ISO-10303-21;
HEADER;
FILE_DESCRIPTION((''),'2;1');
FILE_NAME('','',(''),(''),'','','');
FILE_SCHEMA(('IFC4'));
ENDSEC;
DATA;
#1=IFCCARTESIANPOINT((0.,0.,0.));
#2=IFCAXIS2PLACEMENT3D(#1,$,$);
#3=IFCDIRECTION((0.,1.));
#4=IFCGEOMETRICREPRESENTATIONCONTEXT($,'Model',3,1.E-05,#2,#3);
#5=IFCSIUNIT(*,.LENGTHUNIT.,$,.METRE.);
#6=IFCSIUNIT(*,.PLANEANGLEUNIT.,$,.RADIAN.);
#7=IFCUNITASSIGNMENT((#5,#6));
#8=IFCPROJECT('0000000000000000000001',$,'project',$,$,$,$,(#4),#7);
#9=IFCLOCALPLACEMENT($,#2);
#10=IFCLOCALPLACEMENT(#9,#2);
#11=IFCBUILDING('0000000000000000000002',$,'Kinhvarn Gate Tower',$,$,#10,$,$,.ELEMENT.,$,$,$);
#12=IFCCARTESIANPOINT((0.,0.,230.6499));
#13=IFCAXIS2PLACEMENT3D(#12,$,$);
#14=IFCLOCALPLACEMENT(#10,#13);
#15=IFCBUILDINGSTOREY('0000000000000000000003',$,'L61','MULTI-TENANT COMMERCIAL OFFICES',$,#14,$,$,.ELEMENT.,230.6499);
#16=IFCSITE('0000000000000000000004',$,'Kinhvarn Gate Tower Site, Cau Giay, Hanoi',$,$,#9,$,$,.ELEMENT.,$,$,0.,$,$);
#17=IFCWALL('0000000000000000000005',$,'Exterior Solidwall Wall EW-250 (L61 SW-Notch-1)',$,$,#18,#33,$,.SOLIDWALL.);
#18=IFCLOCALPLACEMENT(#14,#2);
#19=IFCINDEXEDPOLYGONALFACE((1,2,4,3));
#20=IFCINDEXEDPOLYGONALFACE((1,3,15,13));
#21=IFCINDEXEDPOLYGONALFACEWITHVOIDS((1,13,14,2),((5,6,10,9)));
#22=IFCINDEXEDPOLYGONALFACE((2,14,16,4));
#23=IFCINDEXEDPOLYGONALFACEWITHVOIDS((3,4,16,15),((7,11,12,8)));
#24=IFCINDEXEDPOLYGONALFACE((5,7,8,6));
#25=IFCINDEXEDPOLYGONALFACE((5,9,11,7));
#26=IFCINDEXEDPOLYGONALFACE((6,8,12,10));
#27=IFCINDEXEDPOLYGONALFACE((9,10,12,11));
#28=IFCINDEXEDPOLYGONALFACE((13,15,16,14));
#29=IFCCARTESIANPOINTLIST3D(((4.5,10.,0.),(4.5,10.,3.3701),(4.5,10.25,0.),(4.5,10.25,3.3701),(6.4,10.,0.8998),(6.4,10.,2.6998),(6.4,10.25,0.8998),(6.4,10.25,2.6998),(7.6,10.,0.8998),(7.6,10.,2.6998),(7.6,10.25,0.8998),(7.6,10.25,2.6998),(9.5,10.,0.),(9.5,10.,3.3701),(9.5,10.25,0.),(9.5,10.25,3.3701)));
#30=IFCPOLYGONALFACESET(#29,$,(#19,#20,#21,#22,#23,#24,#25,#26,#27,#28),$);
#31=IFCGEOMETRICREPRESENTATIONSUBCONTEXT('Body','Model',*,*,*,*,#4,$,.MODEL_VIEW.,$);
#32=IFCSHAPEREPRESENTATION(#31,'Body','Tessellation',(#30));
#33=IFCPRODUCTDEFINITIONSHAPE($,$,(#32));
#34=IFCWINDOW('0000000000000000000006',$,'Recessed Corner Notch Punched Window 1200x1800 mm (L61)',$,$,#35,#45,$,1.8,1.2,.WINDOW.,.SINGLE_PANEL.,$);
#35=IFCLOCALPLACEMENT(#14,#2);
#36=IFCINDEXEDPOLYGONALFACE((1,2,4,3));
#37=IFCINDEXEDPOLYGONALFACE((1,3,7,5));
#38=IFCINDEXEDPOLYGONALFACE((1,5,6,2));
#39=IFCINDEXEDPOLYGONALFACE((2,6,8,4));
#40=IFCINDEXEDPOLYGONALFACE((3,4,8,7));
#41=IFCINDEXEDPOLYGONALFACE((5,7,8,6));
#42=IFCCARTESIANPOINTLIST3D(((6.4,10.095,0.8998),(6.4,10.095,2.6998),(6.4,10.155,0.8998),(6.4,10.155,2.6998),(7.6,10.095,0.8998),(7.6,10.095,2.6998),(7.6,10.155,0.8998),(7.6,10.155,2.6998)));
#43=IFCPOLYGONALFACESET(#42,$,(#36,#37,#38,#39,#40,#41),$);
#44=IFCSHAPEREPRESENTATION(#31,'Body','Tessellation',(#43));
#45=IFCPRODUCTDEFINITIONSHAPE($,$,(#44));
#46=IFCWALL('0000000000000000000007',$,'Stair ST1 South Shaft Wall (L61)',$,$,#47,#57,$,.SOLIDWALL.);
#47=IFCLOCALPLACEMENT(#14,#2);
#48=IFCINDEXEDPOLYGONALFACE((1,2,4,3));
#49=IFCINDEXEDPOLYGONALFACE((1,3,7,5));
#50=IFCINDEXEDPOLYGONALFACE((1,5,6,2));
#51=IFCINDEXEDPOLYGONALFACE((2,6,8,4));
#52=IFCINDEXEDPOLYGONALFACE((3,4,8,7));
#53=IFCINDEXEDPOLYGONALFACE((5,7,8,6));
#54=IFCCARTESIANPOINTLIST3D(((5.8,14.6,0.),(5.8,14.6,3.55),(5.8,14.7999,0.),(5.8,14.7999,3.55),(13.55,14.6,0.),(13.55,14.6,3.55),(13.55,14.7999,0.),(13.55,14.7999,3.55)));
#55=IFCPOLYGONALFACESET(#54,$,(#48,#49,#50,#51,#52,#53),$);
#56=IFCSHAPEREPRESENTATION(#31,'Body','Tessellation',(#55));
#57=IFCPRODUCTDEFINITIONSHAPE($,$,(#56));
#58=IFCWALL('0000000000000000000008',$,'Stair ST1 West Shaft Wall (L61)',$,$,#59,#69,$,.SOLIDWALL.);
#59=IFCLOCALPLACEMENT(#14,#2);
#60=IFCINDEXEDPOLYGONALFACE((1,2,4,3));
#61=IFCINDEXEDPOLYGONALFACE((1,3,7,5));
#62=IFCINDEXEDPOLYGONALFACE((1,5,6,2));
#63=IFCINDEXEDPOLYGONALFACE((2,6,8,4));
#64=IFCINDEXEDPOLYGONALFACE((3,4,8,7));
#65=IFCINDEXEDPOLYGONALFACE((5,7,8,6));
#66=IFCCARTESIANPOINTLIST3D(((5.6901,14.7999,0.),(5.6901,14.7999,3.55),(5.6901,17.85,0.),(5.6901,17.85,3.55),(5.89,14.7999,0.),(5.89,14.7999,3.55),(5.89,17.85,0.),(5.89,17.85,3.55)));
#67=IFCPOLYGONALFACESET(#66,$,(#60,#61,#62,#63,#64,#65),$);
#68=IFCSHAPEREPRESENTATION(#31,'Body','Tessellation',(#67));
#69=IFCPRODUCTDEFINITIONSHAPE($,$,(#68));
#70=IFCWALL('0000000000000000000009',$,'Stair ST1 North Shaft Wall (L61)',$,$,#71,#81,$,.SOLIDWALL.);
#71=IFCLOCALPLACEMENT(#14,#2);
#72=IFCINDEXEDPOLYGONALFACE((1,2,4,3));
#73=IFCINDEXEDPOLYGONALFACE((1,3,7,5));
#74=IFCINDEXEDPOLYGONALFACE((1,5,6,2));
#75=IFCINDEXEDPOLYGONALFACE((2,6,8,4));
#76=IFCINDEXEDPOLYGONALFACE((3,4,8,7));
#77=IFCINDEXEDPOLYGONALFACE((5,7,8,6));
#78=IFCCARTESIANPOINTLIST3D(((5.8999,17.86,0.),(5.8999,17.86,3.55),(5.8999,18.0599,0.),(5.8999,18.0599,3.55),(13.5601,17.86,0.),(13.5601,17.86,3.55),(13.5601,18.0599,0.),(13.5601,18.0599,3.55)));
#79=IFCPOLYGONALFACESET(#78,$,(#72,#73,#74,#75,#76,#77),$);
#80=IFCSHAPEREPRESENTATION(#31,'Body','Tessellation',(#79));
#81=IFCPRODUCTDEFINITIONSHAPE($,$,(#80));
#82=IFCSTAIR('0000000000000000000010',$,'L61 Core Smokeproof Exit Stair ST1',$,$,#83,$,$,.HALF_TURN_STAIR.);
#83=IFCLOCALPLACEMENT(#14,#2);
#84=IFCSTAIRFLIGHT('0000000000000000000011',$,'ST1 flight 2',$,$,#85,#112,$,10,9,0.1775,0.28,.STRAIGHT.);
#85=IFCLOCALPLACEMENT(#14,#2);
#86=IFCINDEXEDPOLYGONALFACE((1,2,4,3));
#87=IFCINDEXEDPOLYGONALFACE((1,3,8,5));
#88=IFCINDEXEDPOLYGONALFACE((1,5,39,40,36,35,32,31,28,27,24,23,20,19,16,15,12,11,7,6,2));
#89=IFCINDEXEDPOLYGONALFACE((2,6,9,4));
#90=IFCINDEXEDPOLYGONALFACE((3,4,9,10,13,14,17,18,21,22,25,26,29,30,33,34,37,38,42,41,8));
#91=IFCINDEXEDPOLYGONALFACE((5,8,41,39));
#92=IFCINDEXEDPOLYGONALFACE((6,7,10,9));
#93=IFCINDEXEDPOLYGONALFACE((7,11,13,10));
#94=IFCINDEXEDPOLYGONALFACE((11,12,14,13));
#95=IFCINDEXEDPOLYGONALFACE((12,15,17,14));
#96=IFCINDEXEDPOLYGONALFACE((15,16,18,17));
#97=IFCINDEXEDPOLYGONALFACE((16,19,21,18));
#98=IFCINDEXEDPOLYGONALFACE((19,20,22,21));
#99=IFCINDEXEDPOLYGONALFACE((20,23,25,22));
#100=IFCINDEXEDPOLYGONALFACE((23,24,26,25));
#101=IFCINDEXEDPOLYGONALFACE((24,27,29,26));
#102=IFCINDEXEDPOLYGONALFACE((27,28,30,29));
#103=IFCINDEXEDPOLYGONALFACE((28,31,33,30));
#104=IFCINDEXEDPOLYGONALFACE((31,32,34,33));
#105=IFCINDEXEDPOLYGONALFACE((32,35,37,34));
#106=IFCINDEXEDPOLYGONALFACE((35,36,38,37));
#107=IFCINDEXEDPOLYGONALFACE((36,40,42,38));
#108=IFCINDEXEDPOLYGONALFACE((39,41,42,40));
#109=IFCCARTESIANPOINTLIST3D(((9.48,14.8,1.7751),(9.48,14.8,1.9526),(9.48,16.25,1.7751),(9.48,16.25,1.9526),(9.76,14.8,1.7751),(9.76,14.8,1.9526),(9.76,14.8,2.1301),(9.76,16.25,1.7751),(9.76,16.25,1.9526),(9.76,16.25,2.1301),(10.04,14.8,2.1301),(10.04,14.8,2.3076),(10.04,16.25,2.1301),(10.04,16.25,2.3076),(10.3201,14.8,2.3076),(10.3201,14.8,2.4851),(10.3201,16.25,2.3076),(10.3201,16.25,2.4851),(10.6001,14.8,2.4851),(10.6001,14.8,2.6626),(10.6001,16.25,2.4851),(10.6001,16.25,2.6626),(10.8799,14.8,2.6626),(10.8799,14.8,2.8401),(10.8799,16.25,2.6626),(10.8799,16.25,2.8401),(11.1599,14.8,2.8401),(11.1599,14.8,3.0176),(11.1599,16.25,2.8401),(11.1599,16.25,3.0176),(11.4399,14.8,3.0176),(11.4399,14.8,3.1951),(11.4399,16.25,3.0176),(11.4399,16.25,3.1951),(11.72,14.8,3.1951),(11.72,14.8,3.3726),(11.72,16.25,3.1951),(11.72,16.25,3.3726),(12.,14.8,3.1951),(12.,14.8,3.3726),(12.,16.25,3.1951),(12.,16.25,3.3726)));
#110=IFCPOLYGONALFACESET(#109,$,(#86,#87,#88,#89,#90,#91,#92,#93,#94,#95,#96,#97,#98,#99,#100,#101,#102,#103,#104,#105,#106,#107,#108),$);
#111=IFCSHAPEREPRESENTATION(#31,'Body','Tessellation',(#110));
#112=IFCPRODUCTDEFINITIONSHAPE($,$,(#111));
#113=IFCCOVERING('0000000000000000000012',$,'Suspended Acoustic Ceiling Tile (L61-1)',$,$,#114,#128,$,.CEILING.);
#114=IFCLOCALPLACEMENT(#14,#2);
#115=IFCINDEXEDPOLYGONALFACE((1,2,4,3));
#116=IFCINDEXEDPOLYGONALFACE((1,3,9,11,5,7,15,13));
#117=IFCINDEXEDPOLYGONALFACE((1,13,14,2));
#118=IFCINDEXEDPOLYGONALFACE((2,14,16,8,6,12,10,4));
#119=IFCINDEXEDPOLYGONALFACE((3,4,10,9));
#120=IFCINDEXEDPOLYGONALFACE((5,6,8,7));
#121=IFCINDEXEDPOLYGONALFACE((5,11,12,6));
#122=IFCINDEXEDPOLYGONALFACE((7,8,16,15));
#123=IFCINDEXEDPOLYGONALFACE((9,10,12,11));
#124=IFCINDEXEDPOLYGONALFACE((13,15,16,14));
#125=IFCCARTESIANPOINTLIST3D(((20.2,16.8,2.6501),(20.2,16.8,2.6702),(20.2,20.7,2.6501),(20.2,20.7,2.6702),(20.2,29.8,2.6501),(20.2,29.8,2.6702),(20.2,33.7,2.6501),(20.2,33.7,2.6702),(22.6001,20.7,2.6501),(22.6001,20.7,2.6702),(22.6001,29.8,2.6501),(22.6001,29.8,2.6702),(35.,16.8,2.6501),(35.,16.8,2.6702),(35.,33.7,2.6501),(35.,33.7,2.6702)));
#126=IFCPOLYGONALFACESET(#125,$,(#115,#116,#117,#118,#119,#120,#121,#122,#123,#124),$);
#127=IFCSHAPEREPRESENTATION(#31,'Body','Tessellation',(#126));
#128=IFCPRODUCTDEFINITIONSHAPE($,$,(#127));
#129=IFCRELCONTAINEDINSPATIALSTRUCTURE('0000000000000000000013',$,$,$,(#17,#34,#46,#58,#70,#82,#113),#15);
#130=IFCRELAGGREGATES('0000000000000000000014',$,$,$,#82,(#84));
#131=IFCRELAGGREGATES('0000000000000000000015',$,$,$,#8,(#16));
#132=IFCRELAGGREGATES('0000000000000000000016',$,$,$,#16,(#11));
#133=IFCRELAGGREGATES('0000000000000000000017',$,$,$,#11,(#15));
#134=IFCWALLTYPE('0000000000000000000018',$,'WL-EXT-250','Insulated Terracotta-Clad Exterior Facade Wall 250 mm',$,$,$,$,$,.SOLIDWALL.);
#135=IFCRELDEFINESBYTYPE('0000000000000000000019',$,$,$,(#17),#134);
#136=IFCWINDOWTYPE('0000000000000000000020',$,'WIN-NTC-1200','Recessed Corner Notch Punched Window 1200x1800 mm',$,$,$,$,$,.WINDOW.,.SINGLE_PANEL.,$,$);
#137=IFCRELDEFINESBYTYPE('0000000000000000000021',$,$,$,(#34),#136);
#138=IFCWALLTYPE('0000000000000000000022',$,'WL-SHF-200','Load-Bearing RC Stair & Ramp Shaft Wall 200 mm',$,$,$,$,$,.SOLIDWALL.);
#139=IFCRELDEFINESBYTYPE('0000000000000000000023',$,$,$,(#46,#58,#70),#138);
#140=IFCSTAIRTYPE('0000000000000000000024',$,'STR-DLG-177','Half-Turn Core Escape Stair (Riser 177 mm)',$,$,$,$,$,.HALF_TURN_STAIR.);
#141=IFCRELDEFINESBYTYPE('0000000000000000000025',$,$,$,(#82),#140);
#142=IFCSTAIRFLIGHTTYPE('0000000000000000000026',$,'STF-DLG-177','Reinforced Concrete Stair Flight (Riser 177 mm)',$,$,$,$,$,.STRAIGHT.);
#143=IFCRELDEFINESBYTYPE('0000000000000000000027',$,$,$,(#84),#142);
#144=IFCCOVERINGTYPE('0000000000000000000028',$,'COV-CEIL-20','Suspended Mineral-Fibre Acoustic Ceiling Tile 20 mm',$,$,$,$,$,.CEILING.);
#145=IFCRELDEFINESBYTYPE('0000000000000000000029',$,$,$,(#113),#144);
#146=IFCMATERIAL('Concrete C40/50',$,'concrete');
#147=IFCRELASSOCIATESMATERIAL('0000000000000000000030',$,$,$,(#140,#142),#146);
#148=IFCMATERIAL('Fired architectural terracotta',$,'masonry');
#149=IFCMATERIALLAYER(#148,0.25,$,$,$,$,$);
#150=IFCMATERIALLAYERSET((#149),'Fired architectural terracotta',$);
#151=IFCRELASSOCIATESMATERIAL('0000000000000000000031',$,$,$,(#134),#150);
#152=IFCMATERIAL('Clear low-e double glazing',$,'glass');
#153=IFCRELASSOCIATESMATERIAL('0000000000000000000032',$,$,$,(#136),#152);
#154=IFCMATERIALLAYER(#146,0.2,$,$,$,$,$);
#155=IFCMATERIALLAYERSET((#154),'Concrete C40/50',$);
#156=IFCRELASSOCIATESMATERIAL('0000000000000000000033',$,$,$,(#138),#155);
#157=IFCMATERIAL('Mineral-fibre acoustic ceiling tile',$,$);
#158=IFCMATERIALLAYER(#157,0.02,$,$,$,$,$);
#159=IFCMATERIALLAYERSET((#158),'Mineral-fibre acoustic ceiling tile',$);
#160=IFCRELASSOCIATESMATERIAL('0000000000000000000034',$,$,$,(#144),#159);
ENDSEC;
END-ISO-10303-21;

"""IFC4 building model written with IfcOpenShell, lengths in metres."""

from ifc_helpers import new_model, si_unit, direction, frame, frame_2d, origin, place, context, subcontext, project, spatial, polyline, rectangle, outline, extrude, material, layer, layer_set, type_object, element, fill, aggregate, save


model = new_model("IFC4")

# Units and contexts
model_context = context("Model", 3, precision=1e-05, world=origin(), true_north=direction((0.0, 1.0)))
body_context = subcontext(model_context, "Body", "Model", "MODEL_VIEW")
ifc_project = project(units=[si_unit("LENGTHUNIT", "METRE"), si_unit("PLANEANGLEUNIT", "RADIAN")], contexts=[model_context])

# Site, building, storey
site_placement = place(None, origin())
site = spatial("IfcSite", under=ifc_project, at=site_placement, Name="Kinhvarn Gate Tower Site, Cau Giay, Hanoi", CompositionType="ELEMENT", RefElevation=0.0)
building_placement = place(site_placement, origin())
building = spatial("IfcBuilding", under=site, at=building_placement, Name="Kinhvarn Gate Tower", CompositionType="ELEMENT")
storey_placement = place(building_placement, frame((0.0, 0.0, 230.6499)))
storey = spatial("IfcBuildingStorey", under=building, at=storey_placement, Name="L61", Description="MULTI-TENANT COMMERCIAL OFFICES", CompositionType="ELEMENT", Elevation=230.6499)

# Shared definitions
ifc_material_1 = material(Name="Concrete C40/50", Category="concrete")
stair_type = type_object("IfcStairType", Name="STR-DLG-177", Description="Half-Turn Core Escape Stair (Riser 177 mm)", PredefinedType="HALF_TURN_STAIR", material=ifc_material_1)

# Wall, opening, window
ifc_material_2 = material(Name="Fired architectural terracotta", Category="masonry")
ifc_layer_1 = layer(ifc_material_2, 0.25)
ifc_layer_set_1 = layer_set([ifc_layer_1], Name="Fired architectural terracotta")
wall_type_1 = type_object("IfcWallType", Name="WL-EXT-250", Description="Insulated Terracotta-Clad Exterior Facade Wall 250 mm", PredefinedType="SOLIDWALL", material=ifc_layer_set_1)
ifc_material_3 = material(Name="Clear low-e double glazing", Category="glass")
wall_1_placement = place(storey_placement, frame((4.5, 10.125, 0.0), z_axis=(0.0, 0.0, 1.0), x_axis=(1.0, 0.0, 0.0)))
wall_1 = element("IfcWall", 1, at=wall_1_placement, inside=storey, type_object=wall_type_1, Name="Exterior Solidwall Wall EW-250 (L61 SW-Notch-1)", PredefinedType="SOLIDWALL", context=body_context, shape_type="SweptSolid", body=[
    extrude(rectangle(XDim=5.0, YDim=0.25, at=frame_2d((2.5, 0.0))), origin(), (0.0, 0.0, 1.0), 3.3701),
])
opening_1_placement = place(wall_1_placement, frame((1.8999, 0.0, 0.8999)))
opening_1 = element("IfcOpeningElement", 2, at=opening_1_placement, cuts=wall_1, PredefinedType="OPENING", context=body_context, shape_type="SweptSolid", body=[
    extrude(rectangle(XDim=1.2, YDim=1.8, at=frame_2d((0.6001, 0.8999))), frame((0.0, 0.135, 0.0), z_axis=(0.0, -1.0, 0.0), x_axis=(1.0, 0.0, 0.0)), (0.0, 0.0, 1.0), 0.27),
])
window_type_1 = type_object("IfcWindowType", Name="WIN-NTC-1200", Description="Recessed Corner Notch Punched Window 1200x1800 mm", PartitioningType="SINGLE_PANEL", PredefinedType="WINDOW", material=ifc_material_3)
window_1_placement = place(opening_1_placement, origin())
window_1 = element("IfcWindow", 3, at=window_1_placement, inside=storey, type_object=window_type_1, Name="Recessed Corner Notch Punched Window 1200x1800 mm (L61)", OverallHeight=1.8, OverallWidth=1.2, PartitioningType="SINGLE_PANEL", PredefinedType="WINDOW", context=body_context, shape_type="SweptSolid", body=[
    extrude(rectangle(XDim=1.2, YDim=1.8, at=frame_2d((0.6001, 0.8999))), frame((0.0, 0.03, 0.0), z_axis=(0.0, -1.0, 0.0), x_axis=(1.0, 0.0, 0.0)), (0.0, 0.0, 1.0), 0.0601),
])
fill(opening_1, window_1)

# Walls
ifc_layer_2 = layer(ifc_material_1, 0.2)
ifc_layer_set_2 = layer_set([ifc_layer_2], Name="Concrete C40/50")
wall_type_2 = type_object("IfcWallType", Name="WL-SHF-200", Description="Load-Bearing RC Stair & Ramp Shaft Wall 200 mm", PredefinedType="SOLIDWALL", material=ifc_layer_set_2)
wall_2_placement = place(storey_placement, frame((5.8, 14.7, 0.0), z_axis=(0.0, 0.0, 1.0), x_axis=(1.0, 0.0, 0.0)))
element("IfcWall", 4, at=wall_2_placement, inside=storey, type_object=wall_type_2, Name="Stair ST1 South Shaft Wall (L61)", PredefinedType="SOLIDWALL", context=body_context, shape_type="SweptSolid", body=[
    extrude(rectangle(XDim=7.75, YDim=0.2, at=frame_2d((3.875, 0.0))), origin(), (0.0, 0.0, 1.0), 3.55),
])
wall_3_placement = place(storey_placement, frame((5.79, 14.8, 0.0), z_axis=(0.0, 0.0, 1.0), x_axis=(0.0, 1.0, 0.0)))
element("IfcWall", 5, at=wall_3_placement, inside=storey, type_object=wall_type_2, Name="Stair ST1 West Shaft Wall (L61)", PredefinedType="SOLIDWALL", context=body_context, shape_type="SweptSolid", body=[
    extrude(rectangle(XDim=3.05, YDim=0.2, at=frame_2d((1.5249, 0.0))), origin(), (0.0, 0.0, 1.0), 3.55),
])
wall_4_placement = place(storey_placement, frame((5.8999, 17.96, 0.0), z_axis=(0.0, 0.0, 1.0), x_axis=(1.0, 0.0, 0.0)))
element("IfcWall", 6, at=wall_4_placement, inside=storey, type_object=wall_type_2, Name="Stair ST1 North Shaft Wall (L61)", PredefinedType="SOLIDWALL", context=body_context, shape_type="SweptSolid", body=[
    extrude(rectangle(XDim=7.6602, YDim=0.2, at=frame_2d((3.8301, 0.0))), origin(), (0.0, 0.0, 1.0), 3.55),
])

# Stair, stair flight
stair_1_placement = place(storey_placement, origin())
stair_1 = element("IfcStair", 7, at=stair_1_placement, inside=storey, type_object=stair_type, Name="L61 Core Smokeproof Exit Stair ST1", PredefinedType="HALF_TURN_STAIR")
stair_flight_type = type_object("IfcStairFlightType", Name="STF-DLG-177", Description="Reinforced Concrete Stair Flight (Riser 177 mm)", PredefinedType="STRAIGHT", material=ifc_material_1)
stair_flight_placement = place(storey_placement, frame((9.48, 15.5249, 1.7751), z_axis=(0.0, 0.0, 1.0), x_axis=(1.0, 0.0, 0.0)))
stair_flight = element("IfcStairFlight", 8, at=stair_flight_placement, type_object=stair_flight_type, Name="ST1 flight 2", NumberOfRisers=10, NumberOfTreads=9, PredefinedType="STRAIGHT", RiserHeight=0.1775, TreadLength=0.28, context=body_context, shape_type="SweptSolid", body=[
    extrude(outline(polyline([(0.0, 0.0), (0.0, 0.1775), (0.28, 0.1775), (0.28, 0.355), (0.5601, 0.355), (0.5601, 0.5325), (0.8401, 0.5325), (0.8401, 0.71), (1.1201, 0.71), (1.1201, 0.8875), (1.3999, 0.8875), (1.3999, 1.0649), (1.6799, 1.0649), (1.6799, 1.2424), (1.96, 1.2424), (1.96, 1.4199), (2.24, 1.4199), (2.24, 1.5974), (2.52, 1.5974), (2.52, 1.7749), (2.52, 1.4199), (0.28, 0.0), (0.0, 0.0)])), frame((0.0, 0.7251, 0.0), z_axis=(0.0, -1.0, 0.0), x_axis=(1.0, 0.0, 0.0)), (0.0, 0.0, 1.0), 1.45),
])
aggregate(stair_1, [stair_flight])

# Covering
ifc_material_4 = material(Name="Mineral-fibre acoustic ceiling tile")
ifc_layer_3 = layer(ifc_material_4, 0.02)
ifc_layer_set_3 = layer_set([ifc_layer_3], Name="Mineral-fibre acoustic ceiling tile")
covering_type = type_object("IfcCoveringType", Name="COV-CEIL-20", Description="Suspended Mineral-Fibre Acoustic Ceiling Tile 20 mm", PredefinedType="CEILING", material=ifc_layer_set_3)
covering_placement = place(storey_placement, frame((0.0, 0.0, 2.6501)))
element("IfcCovering", 9, at=covering_placement, inside=storey, type_object=covering_type, Name="Suspended Acoustic Ceiling Tile (L61-1)", PredefinedType="CEILING", context=body_context, shape_type="SweptSolid", body=[
    extrude(outline(polyline([(35.0, 33.7), (35.0, 16.8), (20.2, 16.8), (20.2, 20.7), (22.6001, 20.7), (22.6001, 29.8), (20.2, 29.8), (20.2, 33.7), (35.0, 33.7)])), origin(), (0.0, 0.0, 1.0), 0.02),
])

save(model, "model.ifc")
